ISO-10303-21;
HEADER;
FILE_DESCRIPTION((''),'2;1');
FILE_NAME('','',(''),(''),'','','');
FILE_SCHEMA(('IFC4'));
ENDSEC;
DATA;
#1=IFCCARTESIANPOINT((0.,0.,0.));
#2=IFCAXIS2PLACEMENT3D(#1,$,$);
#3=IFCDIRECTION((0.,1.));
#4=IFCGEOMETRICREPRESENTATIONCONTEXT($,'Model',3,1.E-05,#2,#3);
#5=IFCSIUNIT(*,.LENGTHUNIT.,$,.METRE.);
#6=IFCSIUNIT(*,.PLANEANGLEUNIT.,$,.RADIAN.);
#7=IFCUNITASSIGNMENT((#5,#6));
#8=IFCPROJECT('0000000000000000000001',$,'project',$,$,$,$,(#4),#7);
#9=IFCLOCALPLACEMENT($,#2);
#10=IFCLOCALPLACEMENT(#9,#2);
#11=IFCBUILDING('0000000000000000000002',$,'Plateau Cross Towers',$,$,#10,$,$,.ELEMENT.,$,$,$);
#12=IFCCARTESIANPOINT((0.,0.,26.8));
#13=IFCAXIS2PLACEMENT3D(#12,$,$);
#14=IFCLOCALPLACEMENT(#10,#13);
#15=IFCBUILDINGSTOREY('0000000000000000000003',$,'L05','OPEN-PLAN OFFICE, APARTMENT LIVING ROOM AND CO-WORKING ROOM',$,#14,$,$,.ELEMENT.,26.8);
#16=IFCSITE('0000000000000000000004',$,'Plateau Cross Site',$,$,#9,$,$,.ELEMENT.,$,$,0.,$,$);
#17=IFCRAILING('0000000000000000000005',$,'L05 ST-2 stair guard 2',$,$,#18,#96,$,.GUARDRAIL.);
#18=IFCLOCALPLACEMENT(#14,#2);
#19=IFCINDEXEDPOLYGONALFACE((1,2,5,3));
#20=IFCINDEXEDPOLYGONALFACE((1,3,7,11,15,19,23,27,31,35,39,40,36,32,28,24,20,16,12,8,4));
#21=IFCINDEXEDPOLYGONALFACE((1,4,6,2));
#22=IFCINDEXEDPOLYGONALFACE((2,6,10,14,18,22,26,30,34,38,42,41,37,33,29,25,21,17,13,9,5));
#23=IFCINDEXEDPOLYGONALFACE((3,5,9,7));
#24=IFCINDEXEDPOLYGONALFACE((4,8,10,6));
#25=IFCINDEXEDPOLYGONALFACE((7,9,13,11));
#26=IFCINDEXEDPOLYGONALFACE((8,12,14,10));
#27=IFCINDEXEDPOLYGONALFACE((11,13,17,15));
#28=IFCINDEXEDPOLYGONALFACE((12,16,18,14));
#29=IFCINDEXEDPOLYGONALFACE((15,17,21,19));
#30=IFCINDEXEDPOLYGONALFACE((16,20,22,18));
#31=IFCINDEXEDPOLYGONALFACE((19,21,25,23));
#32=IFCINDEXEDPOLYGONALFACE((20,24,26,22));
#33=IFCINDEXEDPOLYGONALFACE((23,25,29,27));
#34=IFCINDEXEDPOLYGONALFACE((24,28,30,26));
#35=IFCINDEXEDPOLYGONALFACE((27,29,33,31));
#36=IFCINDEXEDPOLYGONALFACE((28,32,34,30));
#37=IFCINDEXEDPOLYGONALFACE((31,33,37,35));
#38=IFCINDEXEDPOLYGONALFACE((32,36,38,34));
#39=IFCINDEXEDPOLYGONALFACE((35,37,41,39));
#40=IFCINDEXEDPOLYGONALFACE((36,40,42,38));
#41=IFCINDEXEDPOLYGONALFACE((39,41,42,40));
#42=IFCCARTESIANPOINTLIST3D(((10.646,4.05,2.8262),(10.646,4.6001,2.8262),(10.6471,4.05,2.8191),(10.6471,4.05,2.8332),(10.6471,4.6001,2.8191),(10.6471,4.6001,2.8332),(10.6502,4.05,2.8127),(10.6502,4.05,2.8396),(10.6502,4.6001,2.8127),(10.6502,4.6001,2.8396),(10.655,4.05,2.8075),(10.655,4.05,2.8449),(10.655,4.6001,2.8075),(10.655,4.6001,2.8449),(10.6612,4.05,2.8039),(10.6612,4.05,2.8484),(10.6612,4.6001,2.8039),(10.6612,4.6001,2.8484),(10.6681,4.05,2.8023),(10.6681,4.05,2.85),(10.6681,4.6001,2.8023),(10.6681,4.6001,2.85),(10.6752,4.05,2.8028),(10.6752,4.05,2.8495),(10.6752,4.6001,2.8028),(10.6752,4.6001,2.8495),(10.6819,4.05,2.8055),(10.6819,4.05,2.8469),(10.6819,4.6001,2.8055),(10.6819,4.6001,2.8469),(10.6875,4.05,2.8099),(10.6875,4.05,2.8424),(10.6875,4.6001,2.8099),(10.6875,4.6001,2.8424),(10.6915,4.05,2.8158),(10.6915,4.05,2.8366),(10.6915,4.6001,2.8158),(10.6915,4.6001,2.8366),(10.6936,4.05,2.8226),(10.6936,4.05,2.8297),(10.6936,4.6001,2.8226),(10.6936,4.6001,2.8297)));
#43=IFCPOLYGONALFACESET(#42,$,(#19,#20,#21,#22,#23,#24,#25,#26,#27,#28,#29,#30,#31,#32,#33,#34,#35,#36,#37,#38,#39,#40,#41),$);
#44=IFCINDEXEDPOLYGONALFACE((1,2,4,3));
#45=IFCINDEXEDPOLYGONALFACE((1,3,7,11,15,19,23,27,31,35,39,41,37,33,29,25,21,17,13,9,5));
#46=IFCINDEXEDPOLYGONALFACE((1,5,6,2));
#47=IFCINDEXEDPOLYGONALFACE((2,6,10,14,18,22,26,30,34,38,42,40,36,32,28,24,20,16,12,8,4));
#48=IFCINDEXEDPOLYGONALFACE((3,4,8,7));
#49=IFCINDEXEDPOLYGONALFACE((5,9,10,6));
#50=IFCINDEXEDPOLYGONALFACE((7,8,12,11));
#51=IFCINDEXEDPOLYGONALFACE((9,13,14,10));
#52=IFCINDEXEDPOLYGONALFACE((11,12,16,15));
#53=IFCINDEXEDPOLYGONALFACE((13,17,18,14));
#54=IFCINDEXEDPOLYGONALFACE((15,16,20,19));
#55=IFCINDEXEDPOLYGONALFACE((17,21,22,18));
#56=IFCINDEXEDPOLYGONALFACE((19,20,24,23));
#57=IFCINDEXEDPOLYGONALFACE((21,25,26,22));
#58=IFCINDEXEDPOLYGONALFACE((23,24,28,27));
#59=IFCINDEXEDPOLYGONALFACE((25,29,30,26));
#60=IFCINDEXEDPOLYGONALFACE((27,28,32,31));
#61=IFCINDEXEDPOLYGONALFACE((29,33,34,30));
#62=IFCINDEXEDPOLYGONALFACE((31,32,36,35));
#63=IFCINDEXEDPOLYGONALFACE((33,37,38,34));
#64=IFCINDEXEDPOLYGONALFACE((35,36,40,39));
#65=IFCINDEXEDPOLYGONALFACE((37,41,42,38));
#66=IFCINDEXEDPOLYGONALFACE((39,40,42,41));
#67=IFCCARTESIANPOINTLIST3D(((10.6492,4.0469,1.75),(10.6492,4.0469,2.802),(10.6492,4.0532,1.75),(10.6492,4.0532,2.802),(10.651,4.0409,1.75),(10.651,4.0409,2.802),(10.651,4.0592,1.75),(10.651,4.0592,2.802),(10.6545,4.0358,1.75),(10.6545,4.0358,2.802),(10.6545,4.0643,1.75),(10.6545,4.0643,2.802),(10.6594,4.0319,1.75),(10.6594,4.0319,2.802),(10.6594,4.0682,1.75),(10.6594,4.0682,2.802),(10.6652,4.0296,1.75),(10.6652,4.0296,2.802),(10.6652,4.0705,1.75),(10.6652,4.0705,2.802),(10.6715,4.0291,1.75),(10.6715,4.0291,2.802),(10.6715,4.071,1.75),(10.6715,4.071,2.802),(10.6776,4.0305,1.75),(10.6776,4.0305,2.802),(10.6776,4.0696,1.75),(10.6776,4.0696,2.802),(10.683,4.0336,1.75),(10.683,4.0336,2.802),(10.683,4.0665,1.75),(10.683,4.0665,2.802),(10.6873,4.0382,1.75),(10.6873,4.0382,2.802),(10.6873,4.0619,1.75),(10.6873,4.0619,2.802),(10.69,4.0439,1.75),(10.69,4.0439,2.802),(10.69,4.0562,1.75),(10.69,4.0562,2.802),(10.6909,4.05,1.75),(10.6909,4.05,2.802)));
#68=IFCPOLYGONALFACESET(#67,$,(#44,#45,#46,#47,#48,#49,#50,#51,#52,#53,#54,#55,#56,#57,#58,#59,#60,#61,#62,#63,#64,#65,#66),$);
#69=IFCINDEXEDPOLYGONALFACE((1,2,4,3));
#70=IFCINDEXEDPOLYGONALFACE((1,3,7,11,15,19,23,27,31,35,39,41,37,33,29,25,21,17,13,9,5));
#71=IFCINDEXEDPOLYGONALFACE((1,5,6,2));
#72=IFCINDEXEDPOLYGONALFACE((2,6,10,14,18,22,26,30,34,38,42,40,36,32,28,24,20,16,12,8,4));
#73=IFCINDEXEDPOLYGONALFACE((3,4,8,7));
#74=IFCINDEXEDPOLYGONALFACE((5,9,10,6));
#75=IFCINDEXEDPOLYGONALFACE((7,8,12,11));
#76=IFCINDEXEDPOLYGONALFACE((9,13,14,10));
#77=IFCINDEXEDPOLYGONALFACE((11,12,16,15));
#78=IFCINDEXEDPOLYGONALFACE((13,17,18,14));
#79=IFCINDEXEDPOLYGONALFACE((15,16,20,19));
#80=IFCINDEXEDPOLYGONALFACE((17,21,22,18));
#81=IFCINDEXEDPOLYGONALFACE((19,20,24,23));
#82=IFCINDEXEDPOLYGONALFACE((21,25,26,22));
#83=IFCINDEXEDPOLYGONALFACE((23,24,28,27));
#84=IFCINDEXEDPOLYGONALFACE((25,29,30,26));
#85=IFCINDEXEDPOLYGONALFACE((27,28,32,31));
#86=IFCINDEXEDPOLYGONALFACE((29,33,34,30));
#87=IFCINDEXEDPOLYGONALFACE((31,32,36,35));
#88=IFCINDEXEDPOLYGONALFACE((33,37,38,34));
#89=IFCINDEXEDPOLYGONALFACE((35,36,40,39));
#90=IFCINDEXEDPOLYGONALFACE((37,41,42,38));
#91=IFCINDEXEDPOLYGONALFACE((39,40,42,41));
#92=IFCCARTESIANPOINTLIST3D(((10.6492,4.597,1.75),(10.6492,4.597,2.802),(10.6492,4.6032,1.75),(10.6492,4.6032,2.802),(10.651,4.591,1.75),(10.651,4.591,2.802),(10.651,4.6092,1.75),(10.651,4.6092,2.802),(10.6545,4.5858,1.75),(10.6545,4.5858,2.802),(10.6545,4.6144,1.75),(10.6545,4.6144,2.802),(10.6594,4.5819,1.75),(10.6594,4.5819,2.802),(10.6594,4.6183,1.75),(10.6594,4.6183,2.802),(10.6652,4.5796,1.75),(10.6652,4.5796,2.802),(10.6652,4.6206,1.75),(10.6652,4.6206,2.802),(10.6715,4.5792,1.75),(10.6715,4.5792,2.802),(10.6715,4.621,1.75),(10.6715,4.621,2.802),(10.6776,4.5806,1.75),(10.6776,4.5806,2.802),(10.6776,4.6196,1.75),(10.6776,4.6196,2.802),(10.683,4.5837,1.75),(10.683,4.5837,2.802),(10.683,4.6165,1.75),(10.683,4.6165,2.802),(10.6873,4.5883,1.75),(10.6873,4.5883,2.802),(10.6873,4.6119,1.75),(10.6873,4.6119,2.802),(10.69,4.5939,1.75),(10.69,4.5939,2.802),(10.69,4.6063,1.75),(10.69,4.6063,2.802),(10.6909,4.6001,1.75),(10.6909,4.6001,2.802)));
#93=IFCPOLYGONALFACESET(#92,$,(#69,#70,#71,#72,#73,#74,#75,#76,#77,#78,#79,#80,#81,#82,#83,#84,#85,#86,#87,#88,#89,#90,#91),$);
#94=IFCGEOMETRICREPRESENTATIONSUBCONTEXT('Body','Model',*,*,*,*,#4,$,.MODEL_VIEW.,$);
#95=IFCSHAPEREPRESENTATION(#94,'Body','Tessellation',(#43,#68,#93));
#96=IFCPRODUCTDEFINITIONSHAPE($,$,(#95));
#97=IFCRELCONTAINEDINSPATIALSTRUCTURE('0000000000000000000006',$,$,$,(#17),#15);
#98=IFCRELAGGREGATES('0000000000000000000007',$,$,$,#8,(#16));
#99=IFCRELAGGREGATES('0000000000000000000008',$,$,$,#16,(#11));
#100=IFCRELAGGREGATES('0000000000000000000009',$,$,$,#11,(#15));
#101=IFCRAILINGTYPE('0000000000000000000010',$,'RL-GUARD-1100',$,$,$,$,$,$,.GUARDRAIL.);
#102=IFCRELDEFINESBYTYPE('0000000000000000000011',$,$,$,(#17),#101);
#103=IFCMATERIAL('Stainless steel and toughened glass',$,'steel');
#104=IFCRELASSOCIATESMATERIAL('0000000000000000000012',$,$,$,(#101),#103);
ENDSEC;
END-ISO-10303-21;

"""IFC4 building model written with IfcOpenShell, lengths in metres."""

from ifc_helpers import new_model, si_unit, direction, frame, origin, origin_2d, place, context, subcontext, project, spatial, circle, extrude, material, type_object, element, save


model = new_model("IFC4")

# Units and contexts
model_context = context("Model", 3, precision=1e-05, world=origin(), true_north=direction((0.0, 1.0)))
body_context = subcontext(model_context, "Body", "Model", "MODEL_VIEW")
ifc_project = project(units=[si_unit("LENGTHUNIT", "METRE"), si_unit("PLANEANGLEUNIT", "RADIAN")], contexts=[model_context])

# Site, building, storey
site_placement = place(None, origin())
site = spatial("IfcSite", under=ifc_project, at=site_placement, Name="Plateau Cross Site", CompositionType="ELEMENT", RefElevation=0.0)
building_placement = place(site_placement, origin())
building = spatial("IfcBuilding", under=site, at=building_placement, Name="Plateau Cross Towers", CompositionType="ELEMENT")
storey_placement = place(building_placement, frame((0.0, 0.0, 26.8)))
storey = spatial("IfcBuildingStorey", under=building, at=storey_placement, Name="L05", Description="OPEN-PLAN OFFICE, APARTMENT LIVING ROOM AND CO-WORKING ROOM", CompositionType="ELEMENT", Elevation=26.8)

# Railing
ifc_material_1 = material(Name="Stainless steel and toughened glass", Category="steel")
railing_type_1 = type_object("IfcRailingType", Name="RL-GUARD-1100", PredefinedType="GUARDRAIL", material=ifc_material_1)
railing_1_placement = place(storey_placement, frame((10.6699, 4.05, 1.75)))
element("IfcRailing", 1, at=railing_1_placement, inside=storey, type_object=railing_type_1, Name="L05 ST-2 stair guard 2", PredefinedType="GUARDRAIL", context=body_context, shape_type="SweptSolid", body=[
    extrude(circle(Radius=0.0239, at=origin_2d()), frame((0.0, 0.0, 1.0762), z_axis=(0.0, 1.0, 0.0), x_axis=(-1.0, 0.0, 0.0)), (0.0, 0.0, 1.0), 0.55),
    extrude(circle(Radius=0.021, at=origin_2d()), origin(), (0.0, 0.0, 1.0), 1.052),
    extrude(circle(Radius=0.021, at=origin_2d()), frame((0.0, 0.55, 0.0)), (0.0, 0.0, 1.0), 1.052),
])

save(model, "model.ifc")
